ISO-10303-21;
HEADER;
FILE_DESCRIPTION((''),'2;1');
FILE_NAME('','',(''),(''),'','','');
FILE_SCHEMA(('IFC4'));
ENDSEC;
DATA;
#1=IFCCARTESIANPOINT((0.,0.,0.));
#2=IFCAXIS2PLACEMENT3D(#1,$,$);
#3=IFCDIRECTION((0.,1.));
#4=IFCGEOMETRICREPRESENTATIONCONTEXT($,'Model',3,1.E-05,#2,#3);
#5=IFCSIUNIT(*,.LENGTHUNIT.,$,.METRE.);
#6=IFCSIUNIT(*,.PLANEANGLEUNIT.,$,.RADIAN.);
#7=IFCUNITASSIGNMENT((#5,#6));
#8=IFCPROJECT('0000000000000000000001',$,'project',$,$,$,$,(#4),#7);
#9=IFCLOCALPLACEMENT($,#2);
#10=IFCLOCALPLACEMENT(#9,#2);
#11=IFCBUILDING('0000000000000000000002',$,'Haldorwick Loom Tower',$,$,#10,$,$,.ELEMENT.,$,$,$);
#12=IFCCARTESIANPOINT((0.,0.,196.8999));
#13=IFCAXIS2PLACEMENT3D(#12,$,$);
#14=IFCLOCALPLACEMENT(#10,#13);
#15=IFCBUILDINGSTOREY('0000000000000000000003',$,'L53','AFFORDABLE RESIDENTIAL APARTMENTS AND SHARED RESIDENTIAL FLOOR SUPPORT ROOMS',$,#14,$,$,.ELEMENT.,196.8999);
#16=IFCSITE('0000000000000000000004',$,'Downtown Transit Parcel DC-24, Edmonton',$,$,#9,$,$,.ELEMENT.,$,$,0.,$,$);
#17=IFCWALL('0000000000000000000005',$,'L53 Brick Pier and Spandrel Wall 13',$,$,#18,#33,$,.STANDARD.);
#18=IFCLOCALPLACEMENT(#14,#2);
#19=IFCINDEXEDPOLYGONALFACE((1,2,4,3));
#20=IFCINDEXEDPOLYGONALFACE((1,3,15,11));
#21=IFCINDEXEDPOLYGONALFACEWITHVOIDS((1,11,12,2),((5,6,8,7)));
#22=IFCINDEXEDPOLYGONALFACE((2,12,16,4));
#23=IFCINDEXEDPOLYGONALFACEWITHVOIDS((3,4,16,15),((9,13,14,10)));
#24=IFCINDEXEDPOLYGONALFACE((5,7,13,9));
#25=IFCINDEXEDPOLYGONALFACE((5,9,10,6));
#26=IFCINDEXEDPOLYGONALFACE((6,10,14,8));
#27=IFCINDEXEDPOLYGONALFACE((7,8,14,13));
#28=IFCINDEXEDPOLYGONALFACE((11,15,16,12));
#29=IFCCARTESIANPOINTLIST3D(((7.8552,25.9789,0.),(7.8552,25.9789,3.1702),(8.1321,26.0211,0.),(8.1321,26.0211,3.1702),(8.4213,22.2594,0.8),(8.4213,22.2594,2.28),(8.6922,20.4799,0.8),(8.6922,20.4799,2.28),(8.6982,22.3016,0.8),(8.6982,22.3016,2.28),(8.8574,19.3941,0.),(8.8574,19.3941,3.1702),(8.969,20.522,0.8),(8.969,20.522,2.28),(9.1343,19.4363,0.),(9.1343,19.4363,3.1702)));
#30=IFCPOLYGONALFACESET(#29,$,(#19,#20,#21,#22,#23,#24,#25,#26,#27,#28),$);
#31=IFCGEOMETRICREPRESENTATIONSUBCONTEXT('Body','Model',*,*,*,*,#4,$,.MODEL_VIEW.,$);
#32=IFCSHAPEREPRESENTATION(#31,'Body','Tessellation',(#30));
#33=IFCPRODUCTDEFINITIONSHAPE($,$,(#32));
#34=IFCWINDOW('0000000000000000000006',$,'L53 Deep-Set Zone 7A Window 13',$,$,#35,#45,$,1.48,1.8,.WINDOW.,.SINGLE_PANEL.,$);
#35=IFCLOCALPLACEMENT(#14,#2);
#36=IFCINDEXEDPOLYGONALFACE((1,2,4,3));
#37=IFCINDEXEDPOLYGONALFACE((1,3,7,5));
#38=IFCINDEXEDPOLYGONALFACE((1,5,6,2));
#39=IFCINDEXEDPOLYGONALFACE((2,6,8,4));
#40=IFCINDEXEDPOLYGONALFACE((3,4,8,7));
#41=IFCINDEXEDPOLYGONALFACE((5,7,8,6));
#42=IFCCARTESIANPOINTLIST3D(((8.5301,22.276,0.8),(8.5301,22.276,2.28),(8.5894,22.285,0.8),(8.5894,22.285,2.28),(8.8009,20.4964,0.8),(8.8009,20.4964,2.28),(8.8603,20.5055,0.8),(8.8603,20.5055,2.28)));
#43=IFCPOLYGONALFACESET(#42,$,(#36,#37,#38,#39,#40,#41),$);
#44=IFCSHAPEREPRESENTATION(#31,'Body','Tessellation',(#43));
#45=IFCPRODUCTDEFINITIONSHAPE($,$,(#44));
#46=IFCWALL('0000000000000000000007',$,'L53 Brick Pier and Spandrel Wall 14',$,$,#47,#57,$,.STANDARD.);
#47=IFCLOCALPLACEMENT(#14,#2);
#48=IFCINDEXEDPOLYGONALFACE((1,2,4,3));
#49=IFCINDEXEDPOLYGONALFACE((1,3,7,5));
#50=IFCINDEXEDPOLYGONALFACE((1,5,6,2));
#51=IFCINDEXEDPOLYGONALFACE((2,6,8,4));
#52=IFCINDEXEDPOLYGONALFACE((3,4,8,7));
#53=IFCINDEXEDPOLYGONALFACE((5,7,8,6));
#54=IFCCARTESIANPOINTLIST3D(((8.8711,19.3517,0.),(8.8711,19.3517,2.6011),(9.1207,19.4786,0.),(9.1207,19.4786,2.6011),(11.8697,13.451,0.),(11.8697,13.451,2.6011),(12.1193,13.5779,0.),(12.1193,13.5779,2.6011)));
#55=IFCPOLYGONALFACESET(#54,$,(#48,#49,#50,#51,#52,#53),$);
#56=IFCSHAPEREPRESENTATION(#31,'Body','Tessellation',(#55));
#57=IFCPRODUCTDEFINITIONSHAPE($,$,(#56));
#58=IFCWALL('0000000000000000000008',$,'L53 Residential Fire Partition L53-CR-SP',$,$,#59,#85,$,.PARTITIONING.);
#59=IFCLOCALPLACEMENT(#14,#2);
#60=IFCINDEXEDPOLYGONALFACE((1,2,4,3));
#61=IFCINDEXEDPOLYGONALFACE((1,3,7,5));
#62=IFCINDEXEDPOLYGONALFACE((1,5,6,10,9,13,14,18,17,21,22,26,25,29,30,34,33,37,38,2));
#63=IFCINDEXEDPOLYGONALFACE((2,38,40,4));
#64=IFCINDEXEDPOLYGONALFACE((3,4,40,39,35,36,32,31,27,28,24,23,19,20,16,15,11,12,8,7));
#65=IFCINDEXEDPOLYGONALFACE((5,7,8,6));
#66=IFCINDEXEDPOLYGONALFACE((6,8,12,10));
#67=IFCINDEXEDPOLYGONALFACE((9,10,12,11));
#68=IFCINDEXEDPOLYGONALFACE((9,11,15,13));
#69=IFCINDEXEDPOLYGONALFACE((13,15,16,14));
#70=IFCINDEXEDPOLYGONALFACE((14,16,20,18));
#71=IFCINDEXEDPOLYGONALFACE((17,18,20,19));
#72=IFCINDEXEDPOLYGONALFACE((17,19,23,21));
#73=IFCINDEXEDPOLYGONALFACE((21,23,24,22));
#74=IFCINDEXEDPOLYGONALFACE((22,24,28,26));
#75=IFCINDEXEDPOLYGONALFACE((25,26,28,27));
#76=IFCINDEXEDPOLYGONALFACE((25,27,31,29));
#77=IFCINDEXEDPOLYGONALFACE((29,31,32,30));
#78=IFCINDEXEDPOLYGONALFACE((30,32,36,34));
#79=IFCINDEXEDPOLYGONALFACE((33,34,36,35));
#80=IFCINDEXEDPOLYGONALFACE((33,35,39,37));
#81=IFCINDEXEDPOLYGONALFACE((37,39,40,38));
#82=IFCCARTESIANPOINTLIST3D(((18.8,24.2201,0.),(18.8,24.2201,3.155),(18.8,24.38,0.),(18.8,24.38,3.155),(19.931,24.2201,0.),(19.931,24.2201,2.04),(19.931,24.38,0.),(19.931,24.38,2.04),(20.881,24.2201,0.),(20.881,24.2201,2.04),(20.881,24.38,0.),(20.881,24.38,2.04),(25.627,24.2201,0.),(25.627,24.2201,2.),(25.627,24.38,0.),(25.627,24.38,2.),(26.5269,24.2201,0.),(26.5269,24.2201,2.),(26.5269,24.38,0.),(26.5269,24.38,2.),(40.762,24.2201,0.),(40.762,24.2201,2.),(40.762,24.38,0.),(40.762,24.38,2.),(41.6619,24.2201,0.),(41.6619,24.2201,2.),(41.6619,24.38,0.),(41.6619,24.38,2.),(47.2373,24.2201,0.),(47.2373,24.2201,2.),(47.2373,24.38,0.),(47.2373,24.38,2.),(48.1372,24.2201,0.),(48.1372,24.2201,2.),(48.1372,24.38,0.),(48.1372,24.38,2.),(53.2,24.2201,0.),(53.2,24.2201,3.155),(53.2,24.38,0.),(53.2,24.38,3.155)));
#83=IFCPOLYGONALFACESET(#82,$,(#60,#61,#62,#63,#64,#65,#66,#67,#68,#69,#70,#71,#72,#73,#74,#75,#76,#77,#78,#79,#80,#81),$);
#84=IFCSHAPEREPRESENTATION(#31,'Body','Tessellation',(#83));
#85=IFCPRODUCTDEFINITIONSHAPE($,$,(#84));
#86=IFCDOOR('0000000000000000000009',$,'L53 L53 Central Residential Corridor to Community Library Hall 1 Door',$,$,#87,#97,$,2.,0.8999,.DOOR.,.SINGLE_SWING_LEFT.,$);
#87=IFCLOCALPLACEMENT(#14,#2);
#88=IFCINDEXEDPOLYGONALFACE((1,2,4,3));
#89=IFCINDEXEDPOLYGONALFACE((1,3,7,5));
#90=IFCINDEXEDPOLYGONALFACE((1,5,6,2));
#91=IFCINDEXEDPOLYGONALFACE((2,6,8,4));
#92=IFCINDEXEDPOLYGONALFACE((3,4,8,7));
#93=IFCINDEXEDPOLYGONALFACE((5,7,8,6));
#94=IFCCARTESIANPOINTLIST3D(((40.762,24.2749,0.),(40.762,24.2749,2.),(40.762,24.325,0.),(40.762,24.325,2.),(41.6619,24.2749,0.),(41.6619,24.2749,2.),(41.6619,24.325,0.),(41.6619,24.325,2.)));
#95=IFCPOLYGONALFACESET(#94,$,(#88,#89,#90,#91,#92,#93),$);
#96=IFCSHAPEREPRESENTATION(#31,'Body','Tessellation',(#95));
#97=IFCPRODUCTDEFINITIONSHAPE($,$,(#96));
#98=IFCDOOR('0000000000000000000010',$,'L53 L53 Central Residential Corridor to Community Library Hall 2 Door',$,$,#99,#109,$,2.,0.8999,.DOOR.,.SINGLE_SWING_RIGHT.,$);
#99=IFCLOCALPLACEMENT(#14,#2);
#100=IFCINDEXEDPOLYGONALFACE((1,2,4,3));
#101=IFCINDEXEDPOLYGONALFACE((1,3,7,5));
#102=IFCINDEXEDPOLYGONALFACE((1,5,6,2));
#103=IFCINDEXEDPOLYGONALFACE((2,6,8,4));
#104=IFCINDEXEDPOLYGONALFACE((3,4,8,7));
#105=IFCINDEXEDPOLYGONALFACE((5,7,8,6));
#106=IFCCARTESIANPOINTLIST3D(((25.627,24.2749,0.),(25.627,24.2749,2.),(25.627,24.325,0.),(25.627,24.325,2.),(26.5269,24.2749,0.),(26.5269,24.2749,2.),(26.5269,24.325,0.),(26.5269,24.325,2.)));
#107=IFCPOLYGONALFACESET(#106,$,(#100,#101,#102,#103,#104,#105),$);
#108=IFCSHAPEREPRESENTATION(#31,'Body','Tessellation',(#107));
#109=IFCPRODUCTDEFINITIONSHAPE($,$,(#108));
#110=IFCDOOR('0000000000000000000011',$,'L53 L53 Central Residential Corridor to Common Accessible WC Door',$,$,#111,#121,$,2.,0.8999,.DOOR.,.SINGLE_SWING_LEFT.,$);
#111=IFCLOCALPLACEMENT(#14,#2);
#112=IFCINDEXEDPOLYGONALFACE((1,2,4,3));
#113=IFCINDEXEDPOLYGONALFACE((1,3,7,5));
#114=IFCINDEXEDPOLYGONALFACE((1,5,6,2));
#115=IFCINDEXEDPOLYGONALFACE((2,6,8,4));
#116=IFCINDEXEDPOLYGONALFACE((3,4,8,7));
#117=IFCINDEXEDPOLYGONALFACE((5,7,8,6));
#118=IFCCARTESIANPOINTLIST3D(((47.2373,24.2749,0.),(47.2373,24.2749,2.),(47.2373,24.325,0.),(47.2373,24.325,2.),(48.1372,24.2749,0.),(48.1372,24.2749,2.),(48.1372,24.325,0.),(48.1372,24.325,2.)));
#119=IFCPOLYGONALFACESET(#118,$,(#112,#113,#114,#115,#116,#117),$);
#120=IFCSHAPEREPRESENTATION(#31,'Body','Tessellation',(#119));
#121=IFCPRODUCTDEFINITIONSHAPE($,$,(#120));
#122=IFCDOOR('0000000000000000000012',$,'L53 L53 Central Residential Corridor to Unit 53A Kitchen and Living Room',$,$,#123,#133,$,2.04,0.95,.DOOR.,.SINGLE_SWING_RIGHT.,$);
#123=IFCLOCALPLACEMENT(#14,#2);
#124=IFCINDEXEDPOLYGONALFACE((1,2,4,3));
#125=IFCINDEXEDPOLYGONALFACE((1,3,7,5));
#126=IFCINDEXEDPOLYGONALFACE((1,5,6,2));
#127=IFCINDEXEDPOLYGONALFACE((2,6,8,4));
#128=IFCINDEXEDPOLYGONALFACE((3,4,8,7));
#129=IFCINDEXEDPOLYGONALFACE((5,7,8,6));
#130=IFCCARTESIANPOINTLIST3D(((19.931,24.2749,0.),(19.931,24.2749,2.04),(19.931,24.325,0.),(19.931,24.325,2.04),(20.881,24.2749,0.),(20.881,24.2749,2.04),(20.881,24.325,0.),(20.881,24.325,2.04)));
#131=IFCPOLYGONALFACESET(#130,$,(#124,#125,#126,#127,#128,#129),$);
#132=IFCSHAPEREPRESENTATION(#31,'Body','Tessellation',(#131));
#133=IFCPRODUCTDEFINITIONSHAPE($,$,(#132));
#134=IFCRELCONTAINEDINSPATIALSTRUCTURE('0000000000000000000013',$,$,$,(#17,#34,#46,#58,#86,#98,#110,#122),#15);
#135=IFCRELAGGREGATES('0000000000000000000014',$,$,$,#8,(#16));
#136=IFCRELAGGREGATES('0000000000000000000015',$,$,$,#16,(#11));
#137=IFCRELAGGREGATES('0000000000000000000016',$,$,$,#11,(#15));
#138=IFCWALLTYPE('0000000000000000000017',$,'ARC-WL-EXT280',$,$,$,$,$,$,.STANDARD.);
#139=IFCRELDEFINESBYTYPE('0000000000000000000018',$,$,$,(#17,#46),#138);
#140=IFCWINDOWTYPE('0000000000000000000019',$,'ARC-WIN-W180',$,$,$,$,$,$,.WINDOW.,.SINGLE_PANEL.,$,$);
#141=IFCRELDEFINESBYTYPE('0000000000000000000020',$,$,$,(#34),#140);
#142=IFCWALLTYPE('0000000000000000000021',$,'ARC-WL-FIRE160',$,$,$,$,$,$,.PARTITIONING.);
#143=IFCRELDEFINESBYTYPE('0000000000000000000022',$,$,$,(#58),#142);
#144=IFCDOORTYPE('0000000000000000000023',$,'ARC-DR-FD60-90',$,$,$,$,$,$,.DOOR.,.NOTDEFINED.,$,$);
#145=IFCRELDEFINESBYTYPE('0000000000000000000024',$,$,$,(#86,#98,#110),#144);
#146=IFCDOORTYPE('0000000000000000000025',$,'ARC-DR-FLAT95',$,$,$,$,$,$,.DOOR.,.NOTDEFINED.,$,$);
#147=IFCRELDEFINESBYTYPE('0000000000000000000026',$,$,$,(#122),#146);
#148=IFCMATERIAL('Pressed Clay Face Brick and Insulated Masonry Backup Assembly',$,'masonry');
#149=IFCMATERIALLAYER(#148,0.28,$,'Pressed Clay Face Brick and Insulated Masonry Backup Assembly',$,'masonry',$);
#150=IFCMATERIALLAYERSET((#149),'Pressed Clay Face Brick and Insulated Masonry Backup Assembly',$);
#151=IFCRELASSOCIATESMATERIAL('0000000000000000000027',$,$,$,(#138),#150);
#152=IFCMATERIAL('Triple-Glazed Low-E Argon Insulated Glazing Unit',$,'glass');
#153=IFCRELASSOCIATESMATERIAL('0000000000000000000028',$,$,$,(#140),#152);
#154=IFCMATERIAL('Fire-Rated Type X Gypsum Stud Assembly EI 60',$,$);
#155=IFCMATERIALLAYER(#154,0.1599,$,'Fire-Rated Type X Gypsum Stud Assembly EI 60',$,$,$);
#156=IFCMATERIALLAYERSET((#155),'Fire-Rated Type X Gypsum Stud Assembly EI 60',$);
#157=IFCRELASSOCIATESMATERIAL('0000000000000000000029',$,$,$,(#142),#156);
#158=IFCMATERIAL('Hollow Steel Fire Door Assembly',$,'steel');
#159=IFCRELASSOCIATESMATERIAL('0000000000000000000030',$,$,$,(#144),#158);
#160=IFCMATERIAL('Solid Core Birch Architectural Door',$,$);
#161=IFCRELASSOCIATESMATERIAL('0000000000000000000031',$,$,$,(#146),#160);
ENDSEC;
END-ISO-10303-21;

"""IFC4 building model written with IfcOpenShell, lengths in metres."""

from ifc_helpers import new_model, si_unit, direction, frame, frame_2d, origin, place, context, subcontext, project, spatial, rectangle, extrude, material, layer, layer_set, type_object, element, fill, save


model = new_model("IFC4")

# Units and contexts
model_context = context("Model", 3, precision=1e-05, world=origin(), true_north=direction((0.0, 1.0)))
body_context = subcontext(model_context, "Body", "Model", "MODEL_VIEW")
ifc_project = project(units=[si_unit("LENGTHUNIT", "METRE"), si_unit("PLANEANGLEUNIT", "RADIAN")], contexts=[model_context])

# Site, building, storey
site_placement = place(None, origin())
site = spatial("IfcSite", under=ifc_project, at=site_placement, Name="Downtown Transit Parcel DC-24, Edmonton", CompositionType="ELEMENT", RefElevation=0.0)
building_placement = place(site_placement, origin())
building = spatial("IfcBuilding", under=site, at=building_placement, Name="Haldorwick Loom Tower", CompositionType="ELEMENT")
storey_placement = place(building_placement, frame((0.0, 0.0, 196.8999)))
storey = spatial("IfcBuildingStorey", under=building, at=storey_placement, Name="L53", Description="AFFORDABLE RESIDENTIAL APARTMENTS AND SHARED RESIDENTIAL FLOOR SUPPORT ROOMS", CompositionType="ELEMENT", Elevation=196.8999)

# Wall, opening, window
ifc_material_1 = material(Name="Pressed Clay Face Brick and Insulated Masonry Backup Assembly", Category="masonry")
ifc_layer_1 = layer(ifc_material_1, 0.28, Name="Pressed Clay Face Brick and Insulated Masonry Backup Assembly", Category="masonry")
ifc_layer_set_1 = layer_set([ifc_layer_1], Name="Pressed Clay Face Brick and Insulated Masonry Backup Assembly")
wall_type_1 = type_object("IfcWallType", Name="ARC-WL-EXT280", PredefinedType="STANDARD", material=ifc_layer_set_1)
wall_1_placement = place(storey_placement, frame((7.9937, 26.0, 0.0), z_axis=(0.0, 0.0, 1.0), x_axis=(0.150468, -0.988615, 0.0)))
wall_1 = element("IfcWall", 1, at=wall_1_placement, inside=storey, type_object=wall_type_1, Name="L53 Brick Pier and Spandrel Wall 13", PredefinedType="STANDARD", context=body_context, shape_type="SweptSolid", body=[
    extrude(rectangle(XDim=6.6606, YDim=0.28, at=frame_2d((3.3303, 0.0))), origin(), (0.0, 0.0, 1.0), 3.1702),
])
opening_1_placement = place(wall_1_placement, frame((3.7625, 0.0, 0.8)))
opening_1 = element("IfcOpeningElement", 2, at=opening_1_placement, cuts=wall_1, PredefinedType="OPENING", context=body_context, shape_type="SweptSolid", body=[
    extrude(rectangle(XDim=1.8, YDim=1.48, at=frame_2d((0.8999, 0.74))), frame((0.0, 0.1499, 0.0), z_axis=(0.0, -1.0, 0.0), x_axis=(1.0, 0.0, 0.0)), (0.0, 0.0, 1.0), 0.3),
])
ifc_material_2 = material(Name="Triple-Glazed Low-E Argon Insulated Glazing Unit", Category="glass")
window_type = type_object("IfcWindowType", Name="ARC-WIN-W180", PartitioningType="SINGLE_PANEL", PredefinedType="WINDOW", material=ifc_material_2)
window_placement = place(opening_1_placement, origin())
window = element("IfcWindow", 3, at=window_placement, inside=storey, type_object=window_type, Name="L53 Deep-Set Zone 7A Window 13", OverallHeight=1.48, OverallWidth=1.8, PartitioningType="SINGLE_PANEL", PredefinedType="WINDOW", context=body_context, shape_type="SweptSolid", body=[
    extrude(rectangle(XDim=1.8, YDim=1.48, at=frame_2d((0.8999, 0.74))), frame((0.0, 0.03, 0.0), z_axis=(0.0, -1.0, 0.0), x_axis=(1.0, 0.0, 0.0)), (0.0, 0.0, 1.0), 0.0601),
])
fill(opening_1, window)

# Wall
wall_2_placement = place(storey_placement, frame((8.9958, 19.4153, 0.0), z_axis=(0.0, 0.0, 1.0), x_axis=(0.453032, -0.891494, 0.0)))
element("IfcWall", 4, at=wall_2_placement, inside=storey, type_object=wall_type_1, Name="L53 Brick Pier and Spandrel Wall 14", PredefinedType="STANDARD", context=body_context, shape_type="SweptSolid", body=[
    extrude(rectangle(XDim=6.6189, YDim=0.28, at=frame_2d((3.3096, 0.0))), origin(), (0.0, 0.0, 1.0), 2.6011),
])

# Wall, openings, doors
ifc_material_3 = material(Name="Fire-Rated Type X Gypsum Stud Assembly EI 60")
ifc_layer_2 = layer(ifc_material_3, 0.1599, Name="Fire-Rated Type X Gypsum Stud Assembly EI 60")
ifc_layer_set_2 = layer_set([ifc_layer_2], Name="Fire-Rated Type X Gypsum Stud Assembly EI 60")
wall_type_2 = type_object("IfcWallType", Name="ARC-WL-FIRE160", PredefinedType="PARTITIONING", material=ifc_layer_set_2)
wall_3_placement = place(storey_placement, frame((18.8, 24.3, 0.0), z_axis=(0.0, 0.0, 1.0), x_axis=(1.0, 0.0, 0.0)))
wall_3 = element("IfcWall", 5, at=wall_3_placement, inside=storey, type_object=wall_type_2, Name="L53 Residential Fire Partition L53-CR-SP", PredefinedType="PARTITIONING", context=body_context, shape_type="SweptSolid", body=[
    extrude(rectangle(XDim=34.3999, YDim=0.1599, at=frame_2d((17.2, 0.0))), origin(), (0.0, 0.0, 1.0), 3.155),
])
opening_2_placement = place(wall_3_placement, frame((21.9619, 0.0, 0.0)))
opening_2 = element("IfcOpeningElement", 6, at=opening_2_placement, cuts=wall_3, PredefinedType="OPENING", context=body_context, shape_type="SweptSolid", body=[
    extrude(rectangle(XDim=0.8999, YDim=2.0, at=frame_2d((0.45, 1.0))), frame((0.0, 0.0898, 0.0), z_axis=(0.0, -1.0, 0.0), x_axis=(1.0, 0.0, 0.0)), (0.0, 0.0, 1.0), 0.1799),
])
opening_3_placement = place(wall_3_placement, frame((6.8269, 0.0, 0.0)))
opening_3 = element("IfcOpeningElement", 7, at=opening_3_placement, cuts=wall_3, PredefinedType="OPENING", context=body_context, shape_type="SweptSolid", body=[
    extrude(rectangle(XDim=0.8999, YDim=2.0, at=frame_2d((0.45, 1.0))), frame((0.0, 0.0898, 0.0), z_axis=(0.0, -1.0, 0.0), x_axis=(1.0, 0.0, 0.0)), (0.0, 0.0, 1.0), 0.1799),
])
opening_4_placement = place(wall_3_placement, frame((28.4373, 0.0, 0.0)))
opening_4 = element("IfcOpeningElement", 8, at=opening_4_placement, cuts=wall_3, PredefinedType="OPENING", context=body_context, shape_type="SweptSolid", body=[
    extrude(rectangle(XDim=0.8999, YDim=2.0, at=frame_2d((0.45, 1.0))), frame((0.0, 0.0898, 0.0), z_axis=(0.0, -1.0, 0.0), x_axis=(1.0, 0.0, 0.0)), (0.0, 0.0, 1.0), 0.1799),
])
opening_5_placement = place(wall_3_placement, frame((1.1309, 0.0, 0.0)))
opening_5 = element("IfcOpeningElement", 9, at=opening_5_placement, cuts=wall_3, PredefinedType="OPENING", context=body_context, shape_type="SweptSolid", body=[
    extrude(rectangle(XDim=0.95, YDim=2.04, at=frame_2d((0.4751, 1.02))), frame((0.0, 0.0898, 0.0), z_axis=(0.0, -1.0, 0.0), x_axis=(1.0, 0.0, 0.0)), (0.0, 0.0, 1.0), 0.1799),
])
ifc_material_4 = material(Name="Hollow Steel Fire Door Assembly", Category="steel")
door_type_1 = type_object("IfcDoorType", Name="ARC-DR-FD60-90", OperationType="NOTDEFINED", PredefinedType="DOOR", material=ifc_material_4)
door_1_placement = place(opening_2_placement, origin())
door_1 = element("IfcDoor", 10, at=door_1_placement, inside=storey, type_object=door_type_1, Name="L53 L53 Central Residential Corridor to Community Library Hall 1 Door", OperationType="SINGLE_SWING_LEFT", OverallHeight=2.0, OverallWidth=0.8999, PredefinedType="DOOR", context=body_context, shape_type="SweptSolid", body=[
    extrude(rectangle(XDim=0.8999, YDim=2.0, at=frame_2d((0.45, 1.0))), frame((0.0, 0.0249, 0.0), z_axis=(0.0, -1.0, 0.0), x_axis=(1.0, 0.0, 0.0)), (0.0, 0.0, 1.0), 0.05),
])
fill(opening_2, door_1)
door_2_placement = place(opening_3_placement, origin())
door_2 = element("IfcDoor", 11, at=door_2_placement, inside=storey, type_object=door_type_1, Name="L53 L53 Central Residential Corridor to Community Library Hall 2 Door", OperationType="SINGLE_SWING_RIGHT", OverallHeight=2.0, OverallWidth=0.8999, PredefinedType="DOOR", context=body_context, shape_type="SweptSolid", body=[
    extrude(rectangle(XDim=0.8999, YDim=2.0, at=frame_2d((0.45, 1.0))), frame((0.0, 0.0249, 0.0), z_axis=(0.0, -1.0, 0.0), x_axis=(1.0, 0.0, 0.0)), (0.0, 0.0, 1.0), 0.05),
])
fill(opening_3, door_2)
door_3_placement = place(opening_4_placement, origin())
door_3 = element("IfcDoor", 12, at=door_3_placement, inside=storey, type_object=door_type_1, Name="L53 L53 Central Residential Corridor to Common Accessible WC Door", OperationType="SINGLE_SWING_LEFT", OverallHeight=2.0, OverallWidth=0.8999, PredefinedType="DOOR", context=body_context, shape_type="SweptSolid", body=[
    extrude(rectangle(XDim=0.8999, YDim=2.0, at=frame_2d((0.45, 1.0))), frame((0.0, 0.0249, 0.0), z_axis=(0.0, -1.0, 0.0), x_axis=(1.0, 0.0, 0.0)), (0.0, 0.0, 1.0), 0.05),
])
fill(opening_4, door_3)
ifc_material_5 = material(Name="Solid Core Birch Architectural Door")
door_type_2 = type_object("IfcDoorType", Name="ARC-DR-FLAT95", OperationType="NOTDEFINED", PredefinedType="DOOR", material=ifc_material_5)
door_4_placement = place(opening_5_placement, origin())
door_4 = element("IfcDoor", 13, at=door_4_placement, inside=storey, type_object=door_type_2, Name="L53 L53 Central Residential Corridor to Unit 53A Kitchen and Living Room", OperationType="SINGLE_SWING_RIGHT", OverallHeight=2.04, OverallWidth=0.95, PredefinedType="DOOR", context=body_context, shape_type="SweptSolid", body=[
    extrude(rectangle(XDim=0.95, YDim=2.04, at=frame_2d((0.4751, 1.02))), frame((0.0, 0.0249, 0.0), z_axis=(0.0, -1.0, 0.0), x_axis=(1.0, 0.0, 0.0)), (0.0, 0.0, 1.0), 0.05),
])
fill(opening_5, door_4)

save(model, "model.ifc")
